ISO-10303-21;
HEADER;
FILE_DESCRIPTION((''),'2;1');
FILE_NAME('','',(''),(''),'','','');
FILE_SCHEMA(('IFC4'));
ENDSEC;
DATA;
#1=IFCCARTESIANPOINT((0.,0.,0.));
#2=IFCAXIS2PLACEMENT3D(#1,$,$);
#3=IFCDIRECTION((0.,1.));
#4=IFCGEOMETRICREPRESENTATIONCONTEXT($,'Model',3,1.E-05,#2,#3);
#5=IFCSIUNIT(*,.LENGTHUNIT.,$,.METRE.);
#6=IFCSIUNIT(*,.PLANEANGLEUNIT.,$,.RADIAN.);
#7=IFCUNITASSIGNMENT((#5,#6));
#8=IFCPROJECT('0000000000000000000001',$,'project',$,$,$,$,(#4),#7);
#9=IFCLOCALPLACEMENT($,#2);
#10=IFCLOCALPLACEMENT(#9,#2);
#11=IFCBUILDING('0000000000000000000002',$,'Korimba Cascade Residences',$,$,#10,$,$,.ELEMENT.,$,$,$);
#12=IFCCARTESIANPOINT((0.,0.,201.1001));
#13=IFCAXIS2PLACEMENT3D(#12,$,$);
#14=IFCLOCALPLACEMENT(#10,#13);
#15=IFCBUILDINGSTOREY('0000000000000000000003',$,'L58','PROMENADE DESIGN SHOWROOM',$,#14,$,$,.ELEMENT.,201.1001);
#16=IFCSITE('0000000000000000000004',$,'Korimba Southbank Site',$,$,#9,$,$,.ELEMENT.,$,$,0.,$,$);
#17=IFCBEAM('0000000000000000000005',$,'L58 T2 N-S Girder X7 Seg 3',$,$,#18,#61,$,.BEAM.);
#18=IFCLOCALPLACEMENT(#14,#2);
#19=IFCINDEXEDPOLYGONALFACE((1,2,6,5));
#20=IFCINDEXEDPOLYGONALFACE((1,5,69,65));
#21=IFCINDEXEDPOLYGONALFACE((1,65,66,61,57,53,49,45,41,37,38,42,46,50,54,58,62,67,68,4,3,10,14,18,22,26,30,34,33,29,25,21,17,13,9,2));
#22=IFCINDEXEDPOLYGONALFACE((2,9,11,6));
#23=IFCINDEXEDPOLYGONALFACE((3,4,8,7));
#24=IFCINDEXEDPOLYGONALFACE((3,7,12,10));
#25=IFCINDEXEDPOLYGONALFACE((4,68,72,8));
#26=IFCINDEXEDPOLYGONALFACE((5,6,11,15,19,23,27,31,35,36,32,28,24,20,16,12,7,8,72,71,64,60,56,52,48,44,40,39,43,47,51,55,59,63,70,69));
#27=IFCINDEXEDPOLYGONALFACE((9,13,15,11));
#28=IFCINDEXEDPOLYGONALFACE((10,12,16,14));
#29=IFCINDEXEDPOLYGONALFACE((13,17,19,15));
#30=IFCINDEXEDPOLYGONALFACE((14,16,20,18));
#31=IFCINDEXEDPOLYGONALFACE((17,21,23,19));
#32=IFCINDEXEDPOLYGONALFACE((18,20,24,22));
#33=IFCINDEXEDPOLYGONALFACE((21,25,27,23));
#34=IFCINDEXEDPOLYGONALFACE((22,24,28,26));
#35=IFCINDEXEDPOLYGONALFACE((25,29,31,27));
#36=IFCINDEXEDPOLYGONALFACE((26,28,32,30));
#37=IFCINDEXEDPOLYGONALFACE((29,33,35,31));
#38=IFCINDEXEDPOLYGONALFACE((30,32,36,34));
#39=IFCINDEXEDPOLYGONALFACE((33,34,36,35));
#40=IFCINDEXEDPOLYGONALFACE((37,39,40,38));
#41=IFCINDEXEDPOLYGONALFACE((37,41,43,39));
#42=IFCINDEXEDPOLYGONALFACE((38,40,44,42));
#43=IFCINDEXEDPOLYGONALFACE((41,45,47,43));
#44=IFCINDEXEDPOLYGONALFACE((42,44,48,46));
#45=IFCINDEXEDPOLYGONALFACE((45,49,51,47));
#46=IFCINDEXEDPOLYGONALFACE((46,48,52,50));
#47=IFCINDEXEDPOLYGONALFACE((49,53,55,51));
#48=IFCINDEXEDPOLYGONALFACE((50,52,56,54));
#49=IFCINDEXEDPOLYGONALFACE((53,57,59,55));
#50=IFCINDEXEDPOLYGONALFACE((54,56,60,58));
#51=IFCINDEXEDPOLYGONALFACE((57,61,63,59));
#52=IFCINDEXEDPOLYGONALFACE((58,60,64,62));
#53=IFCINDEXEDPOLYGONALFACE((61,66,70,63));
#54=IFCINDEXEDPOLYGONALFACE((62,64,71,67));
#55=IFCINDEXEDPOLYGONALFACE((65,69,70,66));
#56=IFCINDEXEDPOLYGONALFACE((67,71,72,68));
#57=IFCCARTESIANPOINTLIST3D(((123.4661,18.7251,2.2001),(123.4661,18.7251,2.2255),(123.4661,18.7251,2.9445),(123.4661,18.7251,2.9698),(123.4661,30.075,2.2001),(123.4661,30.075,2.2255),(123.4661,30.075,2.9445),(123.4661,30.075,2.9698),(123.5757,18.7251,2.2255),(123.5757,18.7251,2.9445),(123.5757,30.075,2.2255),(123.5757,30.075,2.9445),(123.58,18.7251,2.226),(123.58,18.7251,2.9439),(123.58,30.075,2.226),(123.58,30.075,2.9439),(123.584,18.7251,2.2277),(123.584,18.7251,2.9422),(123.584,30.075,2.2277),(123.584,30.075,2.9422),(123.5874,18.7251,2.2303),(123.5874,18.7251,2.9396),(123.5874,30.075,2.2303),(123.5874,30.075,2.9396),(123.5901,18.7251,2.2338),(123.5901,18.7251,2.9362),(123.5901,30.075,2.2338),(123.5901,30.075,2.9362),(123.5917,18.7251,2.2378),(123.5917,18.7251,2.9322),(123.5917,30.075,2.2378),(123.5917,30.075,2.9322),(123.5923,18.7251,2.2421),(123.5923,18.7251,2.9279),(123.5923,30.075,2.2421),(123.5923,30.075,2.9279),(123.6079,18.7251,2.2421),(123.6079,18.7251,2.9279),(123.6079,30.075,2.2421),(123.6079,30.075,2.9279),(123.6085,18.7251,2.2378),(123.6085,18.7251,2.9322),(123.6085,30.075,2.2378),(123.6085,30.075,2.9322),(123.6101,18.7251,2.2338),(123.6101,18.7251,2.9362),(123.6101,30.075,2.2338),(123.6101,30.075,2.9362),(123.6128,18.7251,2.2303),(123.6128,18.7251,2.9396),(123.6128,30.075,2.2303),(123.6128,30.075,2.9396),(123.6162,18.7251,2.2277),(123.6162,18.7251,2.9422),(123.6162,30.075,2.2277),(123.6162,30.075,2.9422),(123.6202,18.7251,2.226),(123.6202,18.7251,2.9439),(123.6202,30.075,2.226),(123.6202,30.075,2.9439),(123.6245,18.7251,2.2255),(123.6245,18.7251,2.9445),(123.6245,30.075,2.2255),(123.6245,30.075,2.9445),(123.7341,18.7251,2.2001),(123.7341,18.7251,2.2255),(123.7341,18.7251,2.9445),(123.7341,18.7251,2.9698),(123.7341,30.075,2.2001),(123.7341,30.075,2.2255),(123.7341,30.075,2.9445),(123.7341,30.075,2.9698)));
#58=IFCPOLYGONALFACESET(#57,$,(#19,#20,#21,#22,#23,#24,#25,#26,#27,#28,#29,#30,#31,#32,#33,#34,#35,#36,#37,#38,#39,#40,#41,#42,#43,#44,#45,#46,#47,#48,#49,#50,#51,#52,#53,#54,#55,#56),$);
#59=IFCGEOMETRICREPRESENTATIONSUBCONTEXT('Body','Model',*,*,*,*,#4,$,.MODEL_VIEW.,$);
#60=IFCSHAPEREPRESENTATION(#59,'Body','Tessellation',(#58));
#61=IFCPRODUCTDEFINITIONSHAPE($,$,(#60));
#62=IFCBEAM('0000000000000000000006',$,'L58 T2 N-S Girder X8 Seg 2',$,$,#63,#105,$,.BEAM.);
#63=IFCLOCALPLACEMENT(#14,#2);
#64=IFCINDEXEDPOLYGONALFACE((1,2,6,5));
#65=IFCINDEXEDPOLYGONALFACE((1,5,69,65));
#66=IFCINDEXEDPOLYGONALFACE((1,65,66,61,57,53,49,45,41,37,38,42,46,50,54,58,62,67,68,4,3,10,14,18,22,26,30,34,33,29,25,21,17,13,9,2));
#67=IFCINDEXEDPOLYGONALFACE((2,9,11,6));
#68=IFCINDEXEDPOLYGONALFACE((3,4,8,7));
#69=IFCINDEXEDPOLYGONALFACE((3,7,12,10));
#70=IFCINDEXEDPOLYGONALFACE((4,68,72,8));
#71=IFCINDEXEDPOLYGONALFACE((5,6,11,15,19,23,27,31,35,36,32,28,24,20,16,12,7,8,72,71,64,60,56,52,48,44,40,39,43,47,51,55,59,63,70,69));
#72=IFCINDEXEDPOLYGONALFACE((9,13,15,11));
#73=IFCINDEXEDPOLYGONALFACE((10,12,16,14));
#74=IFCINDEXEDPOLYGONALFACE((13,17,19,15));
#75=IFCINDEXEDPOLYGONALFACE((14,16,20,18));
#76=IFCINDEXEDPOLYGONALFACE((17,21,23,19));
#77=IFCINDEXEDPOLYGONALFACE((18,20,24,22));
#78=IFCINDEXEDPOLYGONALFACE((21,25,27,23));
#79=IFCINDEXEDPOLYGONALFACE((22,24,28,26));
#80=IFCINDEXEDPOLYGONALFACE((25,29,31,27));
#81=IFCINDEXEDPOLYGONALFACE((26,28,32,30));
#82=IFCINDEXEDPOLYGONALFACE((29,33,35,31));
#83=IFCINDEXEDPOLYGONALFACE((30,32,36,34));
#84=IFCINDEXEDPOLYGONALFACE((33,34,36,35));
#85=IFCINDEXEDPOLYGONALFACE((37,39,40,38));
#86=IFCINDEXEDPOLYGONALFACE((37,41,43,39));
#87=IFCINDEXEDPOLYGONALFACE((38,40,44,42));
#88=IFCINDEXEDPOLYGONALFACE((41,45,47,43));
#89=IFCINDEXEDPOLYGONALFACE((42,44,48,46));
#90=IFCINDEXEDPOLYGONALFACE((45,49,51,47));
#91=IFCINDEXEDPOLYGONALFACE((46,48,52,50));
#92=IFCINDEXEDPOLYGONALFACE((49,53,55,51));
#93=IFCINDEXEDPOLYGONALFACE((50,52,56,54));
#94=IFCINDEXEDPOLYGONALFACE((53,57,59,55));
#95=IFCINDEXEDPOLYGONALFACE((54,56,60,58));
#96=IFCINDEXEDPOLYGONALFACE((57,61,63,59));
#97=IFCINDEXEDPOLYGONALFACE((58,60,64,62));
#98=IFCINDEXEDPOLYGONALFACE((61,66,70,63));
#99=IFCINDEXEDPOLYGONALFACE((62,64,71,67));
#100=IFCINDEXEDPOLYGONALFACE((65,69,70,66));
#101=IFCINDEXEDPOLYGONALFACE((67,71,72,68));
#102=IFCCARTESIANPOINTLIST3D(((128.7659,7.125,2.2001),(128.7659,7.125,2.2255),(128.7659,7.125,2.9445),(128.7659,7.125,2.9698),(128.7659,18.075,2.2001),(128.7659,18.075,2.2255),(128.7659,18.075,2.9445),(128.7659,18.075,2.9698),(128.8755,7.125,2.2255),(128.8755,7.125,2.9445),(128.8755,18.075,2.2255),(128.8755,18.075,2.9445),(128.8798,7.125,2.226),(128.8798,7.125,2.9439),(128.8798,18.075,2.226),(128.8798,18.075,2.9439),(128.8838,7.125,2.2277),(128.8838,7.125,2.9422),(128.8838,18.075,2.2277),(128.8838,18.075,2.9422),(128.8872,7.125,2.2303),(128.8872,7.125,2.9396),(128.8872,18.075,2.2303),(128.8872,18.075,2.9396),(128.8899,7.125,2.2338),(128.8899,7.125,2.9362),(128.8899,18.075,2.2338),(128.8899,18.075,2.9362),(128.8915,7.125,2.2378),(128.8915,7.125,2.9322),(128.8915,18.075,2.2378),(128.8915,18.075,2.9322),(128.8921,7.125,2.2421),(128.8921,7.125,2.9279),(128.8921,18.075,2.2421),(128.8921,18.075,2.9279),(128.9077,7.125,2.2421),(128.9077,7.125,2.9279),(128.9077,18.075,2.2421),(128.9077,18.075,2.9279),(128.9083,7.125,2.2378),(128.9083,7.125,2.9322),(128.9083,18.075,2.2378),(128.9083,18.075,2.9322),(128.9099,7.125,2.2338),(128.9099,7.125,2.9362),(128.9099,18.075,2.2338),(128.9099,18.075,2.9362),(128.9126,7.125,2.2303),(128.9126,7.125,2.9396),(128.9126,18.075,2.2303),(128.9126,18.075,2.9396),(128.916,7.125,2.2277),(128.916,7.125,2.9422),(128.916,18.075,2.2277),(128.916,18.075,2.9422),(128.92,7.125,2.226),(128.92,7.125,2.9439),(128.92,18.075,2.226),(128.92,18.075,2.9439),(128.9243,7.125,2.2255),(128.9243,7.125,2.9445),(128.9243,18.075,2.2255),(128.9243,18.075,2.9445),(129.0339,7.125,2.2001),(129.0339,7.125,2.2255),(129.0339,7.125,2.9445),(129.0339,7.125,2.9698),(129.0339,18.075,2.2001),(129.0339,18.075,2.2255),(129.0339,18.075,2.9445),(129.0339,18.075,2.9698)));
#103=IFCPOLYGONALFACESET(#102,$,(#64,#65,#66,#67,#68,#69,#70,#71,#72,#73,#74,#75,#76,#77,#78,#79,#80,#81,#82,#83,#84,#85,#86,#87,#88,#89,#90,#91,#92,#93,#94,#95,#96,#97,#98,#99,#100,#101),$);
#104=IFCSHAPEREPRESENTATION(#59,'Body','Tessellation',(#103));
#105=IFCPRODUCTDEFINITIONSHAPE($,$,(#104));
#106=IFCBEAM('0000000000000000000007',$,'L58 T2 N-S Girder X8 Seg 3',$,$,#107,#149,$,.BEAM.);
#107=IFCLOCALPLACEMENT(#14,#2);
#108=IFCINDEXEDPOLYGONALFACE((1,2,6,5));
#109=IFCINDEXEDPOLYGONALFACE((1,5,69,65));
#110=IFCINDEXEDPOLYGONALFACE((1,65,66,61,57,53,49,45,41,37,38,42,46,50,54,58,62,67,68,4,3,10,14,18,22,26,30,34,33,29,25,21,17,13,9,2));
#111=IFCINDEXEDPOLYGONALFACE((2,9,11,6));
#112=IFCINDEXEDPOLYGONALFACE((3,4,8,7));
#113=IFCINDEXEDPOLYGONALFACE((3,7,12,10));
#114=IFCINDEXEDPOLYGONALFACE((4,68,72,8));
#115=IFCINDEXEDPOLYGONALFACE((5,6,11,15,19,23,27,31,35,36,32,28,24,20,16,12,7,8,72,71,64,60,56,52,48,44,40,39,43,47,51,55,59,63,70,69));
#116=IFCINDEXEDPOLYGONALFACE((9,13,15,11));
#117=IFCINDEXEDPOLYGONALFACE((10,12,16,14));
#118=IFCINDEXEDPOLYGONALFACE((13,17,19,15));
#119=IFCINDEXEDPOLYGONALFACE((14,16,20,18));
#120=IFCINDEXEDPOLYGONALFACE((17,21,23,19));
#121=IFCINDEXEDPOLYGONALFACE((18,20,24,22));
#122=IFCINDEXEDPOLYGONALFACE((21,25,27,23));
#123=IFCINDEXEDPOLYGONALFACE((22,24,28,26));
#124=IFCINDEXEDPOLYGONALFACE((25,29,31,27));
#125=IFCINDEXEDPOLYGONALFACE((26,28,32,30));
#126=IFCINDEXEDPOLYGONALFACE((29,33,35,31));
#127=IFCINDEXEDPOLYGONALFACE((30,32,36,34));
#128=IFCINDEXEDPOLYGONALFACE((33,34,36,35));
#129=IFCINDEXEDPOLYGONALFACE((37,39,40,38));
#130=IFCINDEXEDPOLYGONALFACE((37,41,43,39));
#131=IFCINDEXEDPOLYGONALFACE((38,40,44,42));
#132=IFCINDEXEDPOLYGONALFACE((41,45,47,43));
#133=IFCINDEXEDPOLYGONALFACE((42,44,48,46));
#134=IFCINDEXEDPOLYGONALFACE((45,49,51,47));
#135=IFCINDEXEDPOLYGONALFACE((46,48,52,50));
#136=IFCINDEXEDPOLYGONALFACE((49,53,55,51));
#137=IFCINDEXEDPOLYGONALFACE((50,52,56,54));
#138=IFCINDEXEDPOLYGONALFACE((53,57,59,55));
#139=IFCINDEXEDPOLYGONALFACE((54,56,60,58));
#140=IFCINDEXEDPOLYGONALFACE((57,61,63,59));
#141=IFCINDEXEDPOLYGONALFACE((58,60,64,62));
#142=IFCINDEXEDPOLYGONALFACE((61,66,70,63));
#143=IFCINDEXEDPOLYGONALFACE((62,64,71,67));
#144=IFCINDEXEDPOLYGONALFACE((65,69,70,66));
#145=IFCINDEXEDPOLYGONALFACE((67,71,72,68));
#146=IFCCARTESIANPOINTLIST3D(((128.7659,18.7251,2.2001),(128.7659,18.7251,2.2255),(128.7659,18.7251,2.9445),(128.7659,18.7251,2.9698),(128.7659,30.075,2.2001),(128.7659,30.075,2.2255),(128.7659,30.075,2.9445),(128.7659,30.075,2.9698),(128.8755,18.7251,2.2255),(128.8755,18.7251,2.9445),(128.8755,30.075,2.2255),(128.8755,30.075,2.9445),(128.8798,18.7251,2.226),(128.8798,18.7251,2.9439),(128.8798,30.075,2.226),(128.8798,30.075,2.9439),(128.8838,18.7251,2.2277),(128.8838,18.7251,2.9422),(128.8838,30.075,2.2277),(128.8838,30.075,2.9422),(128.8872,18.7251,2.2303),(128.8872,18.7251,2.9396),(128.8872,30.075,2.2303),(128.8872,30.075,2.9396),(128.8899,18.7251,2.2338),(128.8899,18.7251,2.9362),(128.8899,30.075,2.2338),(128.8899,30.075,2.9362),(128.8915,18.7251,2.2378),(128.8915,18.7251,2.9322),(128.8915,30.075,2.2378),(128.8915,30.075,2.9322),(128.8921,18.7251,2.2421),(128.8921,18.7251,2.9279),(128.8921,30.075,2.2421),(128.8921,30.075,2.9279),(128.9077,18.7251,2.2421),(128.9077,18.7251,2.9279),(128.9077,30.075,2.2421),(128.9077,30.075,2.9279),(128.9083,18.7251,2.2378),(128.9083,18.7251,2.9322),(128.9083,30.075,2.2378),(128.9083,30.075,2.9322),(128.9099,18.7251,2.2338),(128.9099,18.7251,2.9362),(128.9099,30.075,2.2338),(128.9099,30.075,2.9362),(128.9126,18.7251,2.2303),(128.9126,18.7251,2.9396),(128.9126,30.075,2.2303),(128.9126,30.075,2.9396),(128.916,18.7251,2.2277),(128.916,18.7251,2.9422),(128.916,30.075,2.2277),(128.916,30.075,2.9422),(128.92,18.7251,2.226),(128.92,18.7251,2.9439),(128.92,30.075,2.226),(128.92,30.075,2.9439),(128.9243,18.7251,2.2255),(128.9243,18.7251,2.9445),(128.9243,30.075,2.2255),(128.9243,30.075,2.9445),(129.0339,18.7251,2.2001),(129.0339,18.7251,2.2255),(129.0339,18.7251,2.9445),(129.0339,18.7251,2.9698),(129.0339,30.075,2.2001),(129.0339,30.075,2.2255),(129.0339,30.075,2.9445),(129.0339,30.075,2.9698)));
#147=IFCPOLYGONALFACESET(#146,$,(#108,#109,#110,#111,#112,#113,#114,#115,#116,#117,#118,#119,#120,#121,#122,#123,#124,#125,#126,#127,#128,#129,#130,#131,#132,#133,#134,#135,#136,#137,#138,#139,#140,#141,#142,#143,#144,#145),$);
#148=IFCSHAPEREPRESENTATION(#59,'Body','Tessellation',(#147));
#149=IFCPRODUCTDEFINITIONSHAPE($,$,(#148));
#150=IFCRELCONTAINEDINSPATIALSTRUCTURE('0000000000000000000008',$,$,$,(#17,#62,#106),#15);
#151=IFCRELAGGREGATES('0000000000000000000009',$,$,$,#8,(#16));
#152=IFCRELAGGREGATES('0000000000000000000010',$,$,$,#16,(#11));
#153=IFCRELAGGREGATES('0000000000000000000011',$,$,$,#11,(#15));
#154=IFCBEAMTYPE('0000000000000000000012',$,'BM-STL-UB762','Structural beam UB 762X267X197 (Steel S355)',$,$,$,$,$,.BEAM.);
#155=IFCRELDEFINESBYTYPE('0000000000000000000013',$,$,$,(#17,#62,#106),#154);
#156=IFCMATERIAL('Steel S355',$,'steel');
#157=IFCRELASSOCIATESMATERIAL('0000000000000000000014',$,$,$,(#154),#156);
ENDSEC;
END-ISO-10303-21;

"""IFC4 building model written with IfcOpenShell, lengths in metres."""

from ifc_helpers import new_model, si_unit, direction, frame, origin, origin_2d, place, context, subcontext, project, spatial, i_section, extrude, material, material_profile, profile_set, type_object, element, save


model = new_model("IFC4")

# Units and contexts
model_context = context("Model", 3, precision=1e-05, world=origin(), true_north=direction((0.0, 1.0)))
body_context = subcontext(model_context, "Body", "Model", "MODEL_VIEW")
ifc_project = project(units=[si_unit("LENGTHUNIT", "METRE"), si_unit("PLANEANGLEUNIT", "RADIAN")], contexts=[model_context])

# Site, building, storey
site_placement = place(None, origin())
site = spatial("IfcSite", under=ifc_project, at=site_placement, Name="Korimba Southbank Site", CompositionType="ELEMENT", RefElevation=0.0)
building_placement = place(site_placement, origin())
building = spatial("IfcBuilding", under=site, at=building_placement, Name="Korimba Cascade Residences", CompositionType="ELEMENT")
storey_placement = place(building_placement, frame((0.0, 0.0, 201.1001)))
storey = spatial("IfcBuildingStorey", under=building, at=storey_placement, Name="L58", Description="PROMENADE DESIGN SHOWROOM", CompositionType="ELEMENT", Elevation=201.1001)

# Beams
ifc_material_1 = material(Name="Steel S355", Category="steel")
ifc_material_profile_1 = material_profile(ifc_material_1, i_section(OverallWidth=0.2681, OverallDepth=0.7698, WebThickness=0.0156, FlangeThickness=0.0254, FilletRadius=0.0166, at=origin_2d()), Name="Steel S355")
ifc_profile_set_1 = profile_set([ifc_material_profile_1], Name="Steel S355")
beam_type_1 = type_object("IfcBeamType", Name="BM-STL-UB762", Description="Structural beam UB 762X267X197 (Steel S355)", PredefinedType="BEAM", material=ifc_profile_set_1)
beam_1_placement = place(storey_placement, frame((123.6001, 18.7251, 2.585), z_axis=(0.0, 1.0, 0.0), x_axis=(-1.0, 0.0, 0.0)))
element("IfcBeam", 1, at=beam_1_placement, inside=storey, type_object=beam_type_1, Name="L58 T2 N-S Girder X7 Seg 3", PredefinedType="BEAM", context=body_context, shape_type="SweptSolid", body=[
    extrude(i_section(OverallWidth=0.2681, OverallDepth=0.7698, WebThickness=0.0156, FlangeThickness=0.0254, FilletRadius=0.0166, at=origin_2d()), origin(), (0.0, 0.0, 1.0), 11.3499),
])
beam_2_placement = place(storey_placement, frame((128.8999, 7.125, 2.585), z_axis=(0.0, 1.0, 0.0), x_axis=(-1.0, 0.0, 0.0)))
element("IfcBeam", 2, at=beam_2_placement, inside=storey, type_object=beam_type_1, Name="L58 T2 N-S Girder X8 Seg 2", PredefinedType="BEAM", context=body_context, shape_type="SweptSolid", body=[
    extrude(i_section(OverallWidth=0.2681, OverallDepth=0.7698, WebThickness=0.0156, FlangeThickness=0.0254, FilletRadius=0.0166, at=origin_2d()), origin(), (0.0, 0.0, 1.0), 10.95),
])
beam_3_placement = place(storey_placement, frame((128.8999, 18.7251, 2.585), z_axis=(0.0, 1.0, 0.0), x_axis=(-1.0, 0.0, 0.0)))
element("IfcBeam", 3, at=beam_3_placement, inside=storey, type_object=beam_type_1, Name="L58 T2 N-S Girder X8 Seg 3", PredefinedType="BEAM", context=body_context, shape_type="SweptSolid", body=[
    extrude(i_section(OverallWidth=0.2681, OverallDepth=0.7698, WebThickness=0.0156, FlangeThickness=0.0254, FilletRadius=0.0166, at=origin_2d()), origin(), (0.0, 0.0, 1.0), 11.3499),
])

save(model, "model.ifc")
